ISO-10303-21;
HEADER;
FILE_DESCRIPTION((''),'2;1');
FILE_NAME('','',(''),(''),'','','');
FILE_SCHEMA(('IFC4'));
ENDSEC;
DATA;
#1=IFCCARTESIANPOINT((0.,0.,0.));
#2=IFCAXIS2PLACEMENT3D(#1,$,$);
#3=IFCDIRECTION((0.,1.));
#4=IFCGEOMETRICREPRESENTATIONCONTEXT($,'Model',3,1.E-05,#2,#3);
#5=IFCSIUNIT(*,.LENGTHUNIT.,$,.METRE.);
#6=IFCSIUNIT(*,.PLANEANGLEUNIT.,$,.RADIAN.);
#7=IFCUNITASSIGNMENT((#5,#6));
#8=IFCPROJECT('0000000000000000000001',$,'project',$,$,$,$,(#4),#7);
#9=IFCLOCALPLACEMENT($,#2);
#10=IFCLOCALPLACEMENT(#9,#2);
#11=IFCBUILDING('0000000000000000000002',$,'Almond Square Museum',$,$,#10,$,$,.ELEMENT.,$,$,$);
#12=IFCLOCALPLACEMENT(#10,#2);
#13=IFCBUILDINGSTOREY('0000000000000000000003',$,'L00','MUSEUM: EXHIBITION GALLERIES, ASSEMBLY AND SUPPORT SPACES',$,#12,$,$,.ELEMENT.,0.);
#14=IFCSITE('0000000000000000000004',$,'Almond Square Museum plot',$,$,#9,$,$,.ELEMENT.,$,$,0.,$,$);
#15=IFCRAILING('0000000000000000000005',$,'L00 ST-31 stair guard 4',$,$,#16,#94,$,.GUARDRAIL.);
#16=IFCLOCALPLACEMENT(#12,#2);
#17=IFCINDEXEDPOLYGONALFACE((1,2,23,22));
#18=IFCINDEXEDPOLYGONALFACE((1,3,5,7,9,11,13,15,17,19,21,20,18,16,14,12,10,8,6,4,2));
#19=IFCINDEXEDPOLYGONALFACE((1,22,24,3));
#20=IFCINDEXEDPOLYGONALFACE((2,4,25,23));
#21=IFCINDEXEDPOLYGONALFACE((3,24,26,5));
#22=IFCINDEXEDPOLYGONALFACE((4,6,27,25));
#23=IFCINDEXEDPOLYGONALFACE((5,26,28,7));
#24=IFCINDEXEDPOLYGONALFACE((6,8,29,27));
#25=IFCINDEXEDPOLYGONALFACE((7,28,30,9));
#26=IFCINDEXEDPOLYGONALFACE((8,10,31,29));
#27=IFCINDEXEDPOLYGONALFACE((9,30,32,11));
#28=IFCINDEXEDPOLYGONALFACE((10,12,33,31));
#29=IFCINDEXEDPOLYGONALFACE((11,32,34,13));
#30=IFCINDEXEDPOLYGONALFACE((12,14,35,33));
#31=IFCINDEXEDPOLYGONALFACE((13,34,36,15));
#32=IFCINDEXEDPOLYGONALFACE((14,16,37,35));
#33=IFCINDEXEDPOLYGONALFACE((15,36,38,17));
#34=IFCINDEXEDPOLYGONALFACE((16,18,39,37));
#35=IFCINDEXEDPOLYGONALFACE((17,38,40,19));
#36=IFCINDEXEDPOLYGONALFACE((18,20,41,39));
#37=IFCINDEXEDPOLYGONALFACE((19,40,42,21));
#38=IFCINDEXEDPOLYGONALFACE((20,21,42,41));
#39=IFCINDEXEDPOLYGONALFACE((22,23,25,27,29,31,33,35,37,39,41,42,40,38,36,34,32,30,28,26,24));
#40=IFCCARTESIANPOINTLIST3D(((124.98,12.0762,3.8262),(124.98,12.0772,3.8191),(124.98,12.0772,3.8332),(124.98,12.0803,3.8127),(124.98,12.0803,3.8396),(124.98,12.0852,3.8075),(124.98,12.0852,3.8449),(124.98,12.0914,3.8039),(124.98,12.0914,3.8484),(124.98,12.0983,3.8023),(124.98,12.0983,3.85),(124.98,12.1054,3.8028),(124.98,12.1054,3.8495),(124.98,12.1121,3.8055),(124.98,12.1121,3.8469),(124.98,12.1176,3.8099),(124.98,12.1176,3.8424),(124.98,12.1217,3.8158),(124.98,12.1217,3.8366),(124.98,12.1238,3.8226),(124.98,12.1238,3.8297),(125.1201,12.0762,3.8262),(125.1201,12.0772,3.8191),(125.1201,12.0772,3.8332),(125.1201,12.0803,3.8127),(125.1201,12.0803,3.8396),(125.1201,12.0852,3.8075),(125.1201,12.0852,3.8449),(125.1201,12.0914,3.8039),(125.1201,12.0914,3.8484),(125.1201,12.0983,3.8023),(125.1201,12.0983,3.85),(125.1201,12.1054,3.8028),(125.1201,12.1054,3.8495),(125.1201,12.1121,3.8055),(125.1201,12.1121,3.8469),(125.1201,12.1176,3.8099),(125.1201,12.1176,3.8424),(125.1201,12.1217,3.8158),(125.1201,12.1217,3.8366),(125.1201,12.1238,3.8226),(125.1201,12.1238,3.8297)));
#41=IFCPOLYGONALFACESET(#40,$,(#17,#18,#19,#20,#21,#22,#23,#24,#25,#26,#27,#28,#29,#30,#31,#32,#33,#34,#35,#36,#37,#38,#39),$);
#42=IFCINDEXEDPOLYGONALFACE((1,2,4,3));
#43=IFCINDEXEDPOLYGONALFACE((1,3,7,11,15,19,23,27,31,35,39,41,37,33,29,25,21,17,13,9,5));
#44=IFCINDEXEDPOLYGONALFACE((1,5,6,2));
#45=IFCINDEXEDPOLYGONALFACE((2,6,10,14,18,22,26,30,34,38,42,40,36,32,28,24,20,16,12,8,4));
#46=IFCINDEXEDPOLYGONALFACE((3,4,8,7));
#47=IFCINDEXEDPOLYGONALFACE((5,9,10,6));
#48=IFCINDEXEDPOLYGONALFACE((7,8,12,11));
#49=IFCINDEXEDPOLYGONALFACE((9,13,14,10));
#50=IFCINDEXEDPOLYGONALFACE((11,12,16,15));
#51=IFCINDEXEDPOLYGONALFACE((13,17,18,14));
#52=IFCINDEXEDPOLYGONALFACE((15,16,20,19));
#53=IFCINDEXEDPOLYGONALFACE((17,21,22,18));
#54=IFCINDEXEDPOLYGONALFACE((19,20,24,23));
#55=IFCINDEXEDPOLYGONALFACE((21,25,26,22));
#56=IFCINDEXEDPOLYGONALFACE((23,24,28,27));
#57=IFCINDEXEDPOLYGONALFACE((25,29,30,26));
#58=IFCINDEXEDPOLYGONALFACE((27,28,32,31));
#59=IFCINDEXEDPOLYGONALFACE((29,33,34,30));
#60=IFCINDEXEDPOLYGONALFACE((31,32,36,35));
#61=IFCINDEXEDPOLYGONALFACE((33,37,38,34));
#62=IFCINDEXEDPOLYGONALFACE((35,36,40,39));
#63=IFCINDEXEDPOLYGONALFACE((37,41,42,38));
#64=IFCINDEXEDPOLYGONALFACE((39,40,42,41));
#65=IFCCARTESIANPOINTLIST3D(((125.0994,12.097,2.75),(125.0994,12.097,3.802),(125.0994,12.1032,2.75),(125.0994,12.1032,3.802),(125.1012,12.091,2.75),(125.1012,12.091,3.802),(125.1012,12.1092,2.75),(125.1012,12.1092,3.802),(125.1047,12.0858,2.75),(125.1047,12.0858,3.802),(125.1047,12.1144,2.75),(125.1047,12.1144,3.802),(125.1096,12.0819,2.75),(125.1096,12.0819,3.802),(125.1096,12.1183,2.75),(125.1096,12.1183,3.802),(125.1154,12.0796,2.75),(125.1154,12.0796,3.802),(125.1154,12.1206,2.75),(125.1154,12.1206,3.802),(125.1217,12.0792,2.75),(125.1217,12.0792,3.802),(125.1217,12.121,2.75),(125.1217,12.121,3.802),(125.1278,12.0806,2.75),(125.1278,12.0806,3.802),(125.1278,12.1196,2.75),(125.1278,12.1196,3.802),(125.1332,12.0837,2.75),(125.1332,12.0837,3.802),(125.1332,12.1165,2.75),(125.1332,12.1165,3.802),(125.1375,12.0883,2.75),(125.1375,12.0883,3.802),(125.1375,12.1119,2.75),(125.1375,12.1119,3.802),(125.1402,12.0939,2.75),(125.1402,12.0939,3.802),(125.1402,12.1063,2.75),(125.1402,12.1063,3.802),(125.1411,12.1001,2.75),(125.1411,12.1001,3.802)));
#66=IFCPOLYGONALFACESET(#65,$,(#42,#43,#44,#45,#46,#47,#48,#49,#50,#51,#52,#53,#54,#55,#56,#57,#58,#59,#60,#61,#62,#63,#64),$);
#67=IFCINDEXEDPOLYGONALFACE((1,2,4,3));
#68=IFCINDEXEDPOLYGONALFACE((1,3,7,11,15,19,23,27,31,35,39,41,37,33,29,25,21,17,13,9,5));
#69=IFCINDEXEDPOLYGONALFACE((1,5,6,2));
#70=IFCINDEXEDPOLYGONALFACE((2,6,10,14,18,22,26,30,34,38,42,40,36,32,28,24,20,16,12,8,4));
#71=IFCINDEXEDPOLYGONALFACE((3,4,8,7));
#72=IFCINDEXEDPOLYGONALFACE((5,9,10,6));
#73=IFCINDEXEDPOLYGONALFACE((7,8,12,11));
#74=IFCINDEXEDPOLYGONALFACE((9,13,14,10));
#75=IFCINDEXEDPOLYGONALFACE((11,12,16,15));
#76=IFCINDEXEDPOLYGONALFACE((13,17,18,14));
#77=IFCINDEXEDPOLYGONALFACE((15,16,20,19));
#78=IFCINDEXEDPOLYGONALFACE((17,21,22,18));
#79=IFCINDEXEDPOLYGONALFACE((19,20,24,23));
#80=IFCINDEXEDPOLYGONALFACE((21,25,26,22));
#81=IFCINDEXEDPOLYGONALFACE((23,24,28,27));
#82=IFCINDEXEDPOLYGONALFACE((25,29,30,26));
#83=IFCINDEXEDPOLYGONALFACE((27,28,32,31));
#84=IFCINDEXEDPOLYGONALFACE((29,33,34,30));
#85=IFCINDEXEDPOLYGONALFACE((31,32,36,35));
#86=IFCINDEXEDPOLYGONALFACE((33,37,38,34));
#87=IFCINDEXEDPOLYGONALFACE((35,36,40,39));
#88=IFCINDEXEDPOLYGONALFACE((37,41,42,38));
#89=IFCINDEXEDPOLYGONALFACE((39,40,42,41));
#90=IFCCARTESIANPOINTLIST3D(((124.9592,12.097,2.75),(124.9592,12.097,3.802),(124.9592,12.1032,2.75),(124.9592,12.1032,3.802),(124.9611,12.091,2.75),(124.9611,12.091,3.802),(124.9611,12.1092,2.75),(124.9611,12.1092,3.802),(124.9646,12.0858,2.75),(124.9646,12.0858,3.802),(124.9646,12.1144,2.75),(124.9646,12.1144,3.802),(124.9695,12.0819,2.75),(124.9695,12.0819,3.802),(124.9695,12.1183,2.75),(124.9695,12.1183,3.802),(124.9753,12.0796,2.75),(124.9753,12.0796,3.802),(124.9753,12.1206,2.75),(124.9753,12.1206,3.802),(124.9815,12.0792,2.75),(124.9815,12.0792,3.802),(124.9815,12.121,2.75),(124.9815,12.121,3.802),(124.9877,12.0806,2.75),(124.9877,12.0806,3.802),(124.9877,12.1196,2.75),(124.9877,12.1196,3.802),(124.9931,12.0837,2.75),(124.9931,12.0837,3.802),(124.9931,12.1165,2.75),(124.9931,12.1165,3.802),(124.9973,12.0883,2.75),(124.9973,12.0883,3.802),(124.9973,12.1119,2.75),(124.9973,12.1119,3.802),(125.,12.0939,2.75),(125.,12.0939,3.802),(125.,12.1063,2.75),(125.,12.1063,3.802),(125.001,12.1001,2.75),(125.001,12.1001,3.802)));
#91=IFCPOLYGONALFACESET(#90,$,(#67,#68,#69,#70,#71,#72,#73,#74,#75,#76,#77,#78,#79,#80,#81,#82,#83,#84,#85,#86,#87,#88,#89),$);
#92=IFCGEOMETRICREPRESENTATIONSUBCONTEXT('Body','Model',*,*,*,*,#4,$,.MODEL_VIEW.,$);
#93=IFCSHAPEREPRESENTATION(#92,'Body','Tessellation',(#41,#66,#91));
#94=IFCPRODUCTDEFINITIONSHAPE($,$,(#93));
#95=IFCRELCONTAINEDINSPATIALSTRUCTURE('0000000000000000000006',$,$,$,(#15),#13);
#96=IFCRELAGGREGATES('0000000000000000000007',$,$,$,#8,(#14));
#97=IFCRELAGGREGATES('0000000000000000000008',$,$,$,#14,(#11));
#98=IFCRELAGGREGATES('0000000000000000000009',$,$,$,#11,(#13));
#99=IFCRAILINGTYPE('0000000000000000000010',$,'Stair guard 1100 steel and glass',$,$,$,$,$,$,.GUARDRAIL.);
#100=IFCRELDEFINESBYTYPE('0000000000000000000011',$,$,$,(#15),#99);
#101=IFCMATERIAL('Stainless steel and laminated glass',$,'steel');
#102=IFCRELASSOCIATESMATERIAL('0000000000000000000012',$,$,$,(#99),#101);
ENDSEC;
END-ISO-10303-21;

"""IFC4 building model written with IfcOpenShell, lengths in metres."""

from ifc_helpers import new_model, si_unit, direction, frame, origin, origin_2d, place, context, subcontext, project, spatial, circle, extrude, material, type_object, element, save


model = new_model("IFC4")

# Units and contexts
model_context = context("Model", 3, precision=1e-05, world=origin(), true_north=direction((0.0, 1.0)))
body_context = subcontext(model_context, "Body", "Model", "MODEL_VIEW")
ifc_project = project(units=[si_unit("LENGTHUNIT", "METRE"), si_unit("PLANEANGLEUNIT", "RADIAN")], contexts=[model_context])

# Site, building, storey
site_placement = place(None, origin())
site = spatial("IfcSite", under=ifc_project, at=site_placement, Name="Almond Square Museum plot", CompositionType="ELEMENT", RefElevation=0.0)
building_placement = place(site_placement, origin())
building = spatial("IfcBuilding", under=site, at=building_placement, Name="Almond Square Museum", CompositionType="ELEMENT")
storey_placement = place(building_placement, origin())
storey = spatial("IfcBuildingStorey", under=building, at=storey_placement, Name="L00", Description="MUSEUM: EXHIBITION GALLERIES, ASSEMBLY AND SUPPORT SPACES", CompositionType="ELEMENT", Elevation=0.0)

# Railing
ifc_material_1 = material(Name="Stainless steel and laminated glass", Category="steel")
railing_type_1 = type_object("IfcRailingType", Name="Stair guard 1100 steel and glass", PredefinedType="GUARDRAIL", material=ifc_material_1)
railing_1_placement = place(storey_placement, frame((125.1201, 12.1001, 2.75)))
element("IfcRailing", 1, at=railing_1_placement, inside=storey, type_object=railing_type_1, Name="L00 ST-31 stair guard 4", PredefinedType="GUARDRAIL", context=body_context, shape_type="SweptSolid", body=[
    extrude(circle(Radius=0.0239, at=origin_2d()), frame((0.0, 0.0, 1.0762), z_axis=(-1.0, 0.0, 0.0), x_axis=(0.0, -1.0, 0.0)), (0.0, 0.0, 1.0), 0.1401),
    extrude(circle(Radius=0.021, at=origin_2d()), origin(), (0.0, 0.0, 1.0), 1.052),
    extrude(circle(Radius=0.021, at=origin_2d()), frame((-0.1401, 0.0, 0.0)), (0.0, 0.0, 1.0), 1.052),
])

save(model, "model.ifc")
